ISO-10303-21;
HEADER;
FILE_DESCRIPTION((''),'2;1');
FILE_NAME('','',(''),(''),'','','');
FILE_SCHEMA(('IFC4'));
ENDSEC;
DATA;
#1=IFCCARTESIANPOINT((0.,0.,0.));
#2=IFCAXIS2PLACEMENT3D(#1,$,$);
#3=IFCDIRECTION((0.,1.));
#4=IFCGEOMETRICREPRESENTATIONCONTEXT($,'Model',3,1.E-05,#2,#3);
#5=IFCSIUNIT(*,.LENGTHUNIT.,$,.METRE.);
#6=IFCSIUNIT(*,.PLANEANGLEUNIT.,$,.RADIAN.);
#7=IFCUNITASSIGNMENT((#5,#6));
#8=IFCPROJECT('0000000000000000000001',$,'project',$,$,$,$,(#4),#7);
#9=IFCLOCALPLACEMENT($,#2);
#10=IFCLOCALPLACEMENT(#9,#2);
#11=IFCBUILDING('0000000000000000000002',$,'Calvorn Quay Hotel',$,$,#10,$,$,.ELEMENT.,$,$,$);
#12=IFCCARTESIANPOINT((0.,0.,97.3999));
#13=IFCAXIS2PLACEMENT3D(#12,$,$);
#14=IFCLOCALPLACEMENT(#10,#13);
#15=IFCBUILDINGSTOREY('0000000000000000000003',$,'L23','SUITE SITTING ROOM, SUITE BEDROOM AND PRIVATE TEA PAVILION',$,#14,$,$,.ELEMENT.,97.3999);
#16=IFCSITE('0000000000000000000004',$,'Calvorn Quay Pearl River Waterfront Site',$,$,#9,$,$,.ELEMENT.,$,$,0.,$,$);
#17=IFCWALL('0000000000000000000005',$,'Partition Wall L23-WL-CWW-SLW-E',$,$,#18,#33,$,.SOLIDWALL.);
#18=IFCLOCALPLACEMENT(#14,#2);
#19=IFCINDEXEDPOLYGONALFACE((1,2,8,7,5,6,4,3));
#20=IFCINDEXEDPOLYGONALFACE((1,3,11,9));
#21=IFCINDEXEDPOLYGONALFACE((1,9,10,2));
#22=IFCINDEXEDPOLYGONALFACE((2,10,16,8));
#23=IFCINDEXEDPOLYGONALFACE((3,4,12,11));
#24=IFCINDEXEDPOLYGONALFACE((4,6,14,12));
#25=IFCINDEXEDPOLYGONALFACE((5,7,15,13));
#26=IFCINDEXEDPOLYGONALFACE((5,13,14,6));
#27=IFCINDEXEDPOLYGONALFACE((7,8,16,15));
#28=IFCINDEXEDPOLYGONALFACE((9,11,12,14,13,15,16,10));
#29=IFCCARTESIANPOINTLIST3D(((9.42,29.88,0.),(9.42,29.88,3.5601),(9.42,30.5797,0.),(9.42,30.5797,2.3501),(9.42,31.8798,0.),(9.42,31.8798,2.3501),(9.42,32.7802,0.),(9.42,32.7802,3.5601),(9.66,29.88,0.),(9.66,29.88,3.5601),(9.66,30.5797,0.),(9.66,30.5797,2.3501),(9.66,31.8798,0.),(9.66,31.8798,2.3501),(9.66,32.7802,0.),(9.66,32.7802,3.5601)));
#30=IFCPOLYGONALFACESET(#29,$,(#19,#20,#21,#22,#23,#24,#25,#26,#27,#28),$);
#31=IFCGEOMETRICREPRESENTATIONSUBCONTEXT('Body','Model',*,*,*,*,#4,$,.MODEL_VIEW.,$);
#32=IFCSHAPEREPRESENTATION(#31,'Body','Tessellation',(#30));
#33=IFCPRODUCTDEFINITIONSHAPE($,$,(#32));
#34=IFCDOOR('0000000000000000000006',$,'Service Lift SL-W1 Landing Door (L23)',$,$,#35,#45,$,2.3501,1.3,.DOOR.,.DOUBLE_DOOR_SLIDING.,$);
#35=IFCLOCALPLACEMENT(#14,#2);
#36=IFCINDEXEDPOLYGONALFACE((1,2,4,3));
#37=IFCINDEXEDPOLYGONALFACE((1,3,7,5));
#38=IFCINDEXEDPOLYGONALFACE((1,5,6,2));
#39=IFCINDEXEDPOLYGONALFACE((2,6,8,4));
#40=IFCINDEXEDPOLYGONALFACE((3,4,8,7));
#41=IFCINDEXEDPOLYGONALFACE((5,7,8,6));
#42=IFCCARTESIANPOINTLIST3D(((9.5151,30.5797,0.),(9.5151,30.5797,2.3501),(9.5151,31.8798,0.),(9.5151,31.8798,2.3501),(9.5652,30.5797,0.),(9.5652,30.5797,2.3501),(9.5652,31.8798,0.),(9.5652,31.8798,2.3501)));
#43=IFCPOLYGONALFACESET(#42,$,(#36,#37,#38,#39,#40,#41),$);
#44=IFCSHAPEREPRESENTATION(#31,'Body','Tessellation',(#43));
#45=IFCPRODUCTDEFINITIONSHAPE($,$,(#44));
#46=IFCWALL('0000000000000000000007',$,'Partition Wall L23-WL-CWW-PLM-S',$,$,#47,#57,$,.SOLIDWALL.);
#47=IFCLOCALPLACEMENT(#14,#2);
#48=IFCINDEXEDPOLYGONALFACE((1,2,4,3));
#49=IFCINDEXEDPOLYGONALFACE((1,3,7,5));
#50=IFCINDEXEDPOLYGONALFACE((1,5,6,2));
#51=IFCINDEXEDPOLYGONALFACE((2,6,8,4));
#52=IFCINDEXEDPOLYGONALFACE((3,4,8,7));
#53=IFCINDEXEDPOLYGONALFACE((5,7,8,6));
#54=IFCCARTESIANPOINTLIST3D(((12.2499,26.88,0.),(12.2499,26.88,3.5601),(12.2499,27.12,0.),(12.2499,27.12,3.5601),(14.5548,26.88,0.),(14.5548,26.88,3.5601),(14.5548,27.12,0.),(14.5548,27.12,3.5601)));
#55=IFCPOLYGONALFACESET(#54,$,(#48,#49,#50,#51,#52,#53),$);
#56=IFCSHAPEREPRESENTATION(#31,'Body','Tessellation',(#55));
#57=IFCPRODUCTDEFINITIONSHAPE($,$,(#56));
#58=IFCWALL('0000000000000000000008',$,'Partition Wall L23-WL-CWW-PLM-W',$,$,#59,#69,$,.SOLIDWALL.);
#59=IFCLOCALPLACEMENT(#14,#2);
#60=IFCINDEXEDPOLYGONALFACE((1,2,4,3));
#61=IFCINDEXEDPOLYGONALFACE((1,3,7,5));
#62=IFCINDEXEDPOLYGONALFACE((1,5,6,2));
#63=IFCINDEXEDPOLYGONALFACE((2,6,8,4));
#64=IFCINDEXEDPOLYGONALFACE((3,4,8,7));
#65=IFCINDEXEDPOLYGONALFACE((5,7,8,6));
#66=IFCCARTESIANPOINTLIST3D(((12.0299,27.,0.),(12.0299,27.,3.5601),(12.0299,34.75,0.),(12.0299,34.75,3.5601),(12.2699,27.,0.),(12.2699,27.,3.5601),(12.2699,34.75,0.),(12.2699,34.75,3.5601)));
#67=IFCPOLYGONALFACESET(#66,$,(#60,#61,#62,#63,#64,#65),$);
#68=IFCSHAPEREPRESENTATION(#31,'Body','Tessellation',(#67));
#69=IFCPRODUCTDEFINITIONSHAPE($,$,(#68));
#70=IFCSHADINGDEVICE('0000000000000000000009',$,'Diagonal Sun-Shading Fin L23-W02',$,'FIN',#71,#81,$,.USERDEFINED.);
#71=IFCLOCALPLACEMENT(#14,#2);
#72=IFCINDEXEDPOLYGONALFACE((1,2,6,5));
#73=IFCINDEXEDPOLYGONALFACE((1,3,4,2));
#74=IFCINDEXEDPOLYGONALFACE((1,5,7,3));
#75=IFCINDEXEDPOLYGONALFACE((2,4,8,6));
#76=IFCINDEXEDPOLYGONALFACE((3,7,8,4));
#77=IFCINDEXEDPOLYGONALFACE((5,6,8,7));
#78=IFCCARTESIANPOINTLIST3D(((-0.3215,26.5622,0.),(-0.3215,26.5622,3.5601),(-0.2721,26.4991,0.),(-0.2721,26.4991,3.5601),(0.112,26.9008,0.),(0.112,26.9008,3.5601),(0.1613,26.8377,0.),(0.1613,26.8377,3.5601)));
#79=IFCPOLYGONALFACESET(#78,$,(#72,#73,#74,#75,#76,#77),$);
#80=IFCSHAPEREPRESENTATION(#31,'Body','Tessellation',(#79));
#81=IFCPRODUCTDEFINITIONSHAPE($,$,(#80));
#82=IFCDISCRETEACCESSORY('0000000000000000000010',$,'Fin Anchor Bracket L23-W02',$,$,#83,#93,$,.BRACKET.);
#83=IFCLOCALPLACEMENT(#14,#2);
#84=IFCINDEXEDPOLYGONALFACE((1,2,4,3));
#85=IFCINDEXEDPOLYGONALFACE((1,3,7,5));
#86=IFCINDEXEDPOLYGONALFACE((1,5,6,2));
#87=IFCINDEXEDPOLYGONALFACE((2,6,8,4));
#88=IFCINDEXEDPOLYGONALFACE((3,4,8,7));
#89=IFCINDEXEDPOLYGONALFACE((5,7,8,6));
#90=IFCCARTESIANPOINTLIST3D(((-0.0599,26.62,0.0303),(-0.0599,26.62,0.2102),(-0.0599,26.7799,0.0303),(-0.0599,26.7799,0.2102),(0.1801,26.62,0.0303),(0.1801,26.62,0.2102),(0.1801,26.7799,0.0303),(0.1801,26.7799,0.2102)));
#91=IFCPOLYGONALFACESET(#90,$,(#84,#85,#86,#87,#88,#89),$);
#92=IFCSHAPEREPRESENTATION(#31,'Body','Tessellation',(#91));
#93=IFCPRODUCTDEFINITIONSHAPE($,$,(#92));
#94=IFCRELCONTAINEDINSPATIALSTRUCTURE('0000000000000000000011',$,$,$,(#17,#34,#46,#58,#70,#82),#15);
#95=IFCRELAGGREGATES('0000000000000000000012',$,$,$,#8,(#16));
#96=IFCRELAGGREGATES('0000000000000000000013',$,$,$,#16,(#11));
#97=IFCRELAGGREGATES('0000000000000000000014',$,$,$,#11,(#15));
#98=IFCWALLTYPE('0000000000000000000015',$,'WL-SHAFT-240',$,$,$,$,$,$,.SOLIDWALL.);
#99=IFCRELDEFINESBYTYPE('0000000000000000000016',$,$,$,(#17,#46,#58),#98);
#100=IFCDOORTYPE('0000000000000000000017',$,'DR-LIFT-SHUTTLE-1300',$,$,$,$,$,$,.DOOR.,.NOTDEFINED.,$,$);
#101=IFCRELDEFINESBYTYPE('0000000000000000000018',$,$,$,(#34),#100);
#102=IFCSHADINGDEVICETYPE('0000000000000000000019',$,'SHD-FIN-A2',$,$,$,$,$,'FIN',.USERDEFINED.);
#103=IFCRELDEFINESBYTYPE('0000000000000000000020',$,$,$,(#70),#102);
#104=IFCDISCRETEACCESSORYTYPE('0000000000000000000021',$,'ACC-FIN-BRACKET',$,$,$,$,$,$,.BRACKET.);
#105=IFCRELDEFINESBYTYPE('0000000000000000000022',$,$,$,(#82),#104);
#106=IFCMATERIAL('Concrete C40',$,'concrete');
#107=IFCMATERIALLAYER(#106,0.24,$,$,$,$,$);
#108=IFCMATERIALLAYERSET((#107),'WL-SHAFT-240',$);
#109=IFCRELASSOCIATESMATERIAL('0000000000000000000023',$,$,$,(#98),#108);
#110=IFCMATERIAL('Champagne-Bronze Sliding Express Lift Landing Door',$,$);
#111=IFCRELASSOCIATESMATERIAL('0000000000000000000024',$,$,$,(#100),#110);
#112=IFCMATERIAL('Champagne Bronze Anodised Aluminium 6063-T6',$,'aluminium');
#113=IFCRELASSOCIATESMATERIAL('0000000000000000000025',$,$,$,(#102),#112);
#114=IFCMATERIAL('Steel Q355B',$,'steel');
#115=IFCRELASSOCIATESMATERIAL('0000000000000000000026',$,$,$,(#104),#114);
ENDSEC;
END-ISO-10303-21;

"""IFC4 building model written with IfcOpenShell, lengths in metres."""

from ifc_helpers import new_model, si_unit, direction, frame, frame_2d, origin, origin_2d, place, context, subcontext, project, spatial, rectangle, extrude, material, layer, layer_set, type_object, element, fill, save


model = new_model("IFC4")

# Units and contexts
model_context = context("Model", 3, precision=1e-05, world=origin(), true_north=direction((0.0, 1.0)))
body_context = subcontext(model_context, "Body", "Model", "MODEL_VIEW")
ifc_project = project(units=[si_unit("LENGTHUNIT", "METRE"), si_unit("PLANEANGLEUNIT", "RADIAN")], contexts=[model_context])

# Site, building, storey
site_placement = place(None, origin())
site = spatial("IfcSite", under=ifc_project, at=site_placement, Name="Calvorn Quay Pearl River Waterfront Site", CompositionType="ELEMENT", RefElevation=0.0)
building_placement = place(site_placement, origin())
building = spatial("IfcBuilding", under=site, at=building_placement, Name="Calvorn Quay Hotel", CompositionType="ELEMENT")
storey_placement = place(building_placement, frame((0.0, 0.0, 97.3999)))
storey = spatial("IfcBuildingStorey", under=building, at=storey_placement, Name="L23", Description="SUITE SITTING ROOM, SUITE BEDROOM AND PRIVATE TEA PAVILION", CompositionType="ELEMENT", Elevation=97.3999)

# Shared definitions
ifc_material_1 = material(Name="Concrete C40", Category="concrete")
ifc_layer_1 = layer(ifc_material_1, 0.24)
ifc_layer_set_1 = layer_set([ifc_layer_1], Name="WL-SHAFT-240")
wall_type_1 = type_object("IfcWallType", Name="WL-SHAFT-240", PredefinedType="SOLIDWALL", material=ifc_layer_set_1)

# Shared definitions
ifc_material_2 = material(Name="Champagne-Bronze Sliding Express Lift Landing Door")
door_type_1 = type_object("IfcDoorType", Name="DR-LIFT-SHUTTLE-1300", OperationType="NOTDEFINED", PredefinedType="DOOR", material=ifc_material_2)

# Wall, opening, door
wall_1_placement = place(storey_placement, frame((9.54, 29.8799, 0.0), z_axis=(0.0, 0.0, 1.0), x_axis=(0.0, 1.0, 0.0)))
wall_1 = element("IfcWall", 1, at=wall_1_placement, inside=storey, type_object=wall_type_1, Name="Partition Wall L23-WL-CWW-SLW-E", PredefinedType="SOLIDWALL", context=body_context, shape_type="SweptSolid", body=[
    extrude(rectangle(XDim=2.9001, YDim=0.24, at=frame_2d((1.4502, 0.0))), origin(), (0.0, 0.0, 1.0), 3.5601),
])
opening_1_placement = place(wall_1_placement, frame((0.7, 0.0, 0.0)))
opening_1 = element("IfcOpeningElement", 2, at=opening_1_placement, cuts=wall_1, PredefinedType="OPENING", context=body_context, shape_type="SweptSolid", body=[
    extrude(rectangle(XDim=1.3, YDim=2.3501, at=frame_2d((0.6499, 1.175))), frame((0.0, 0.1299, 0.0), z_axis=(0.0, -1.0, 0.0), x_axis=(1.0, 0.0, 0.0)), (0.0, 0.0, 1.0), 0.26),
])
door_1_placement = place(opening_1_placement, origin())
door_1 = element("IfcDoor", 3, at=door_1_placement, inside=storey, type_object=door_type_1, Name="Service Lift SL-W1 Landing Door (L23)", OperationType="DOUBLE_DOOR_SLIDING", OverallHeight=2.3501, OverallWidth=1.3, PredefinedType="DOOR", context=body_context, shape_type="SweptSolid", body=[
    extrude(rectangle(XDim=1.3, YDim=2.3501, at=frame_2d((0.6499, 1.175))), frame((0.0, 0.0249, 0.0), z_axis=(0.0, -1.0, 0.0), x_axis=(1.0, 0.0, 0.0)), (0.0, 0.0, 1.0), 0.05),
])
fill(opening_1, door_1)

# Walls
wall_2_placement = place(storey_placement, frame((12.25, 27.0, 0.0), z_axis=(0.0, 0.0, 1.0), x_axis=(1.0, 0.0, 0.0)))
element("IfcWall", 4, at=wall_2_placement, inside=storey, type_object=wall_type_1, Name="Partition Wall L23-WL-CWW-PLM-S", PredefinedType="SOLIDWALL", context=body_context, shape_type="SweptSolid", body=[
    extrude(rectangle(XDim=2.3049, YDim=0.24, at=frame_2d((1.1523, 0.0))), origin(), (0.0, 0.0, 1.0), 3.5601),
])
wall_3_placement = place(storey_placement, frame((12.1499, 27.0, 0.0), z_axis=(0.0, 0.0, 1.0), x_axis=(0.0, 1.0, 0.0)))
element("IfcWall", 5, at=wall_3_placement, inside=storey, type_object=wall_type_1, Name="Partition Wall L23-WL-CWW-PLM-W", PredefinedType="SOLIDWALL", context=body_context, shape_type="SweptSolid", body=[
    extrude(rectangle(XDim=7.75, YDim=0.24, at=frame_2d((3.875, 0.0))), origin(), (0.0, 0.0, 1.0), 3.5601),
])

# Shading device
ifc_material_3 = material(Name="Champagne Bronze Anodised Aluminium 6063-T6", Category="aluminium")
shading_device_type = type_object("IfcShadingDeviceType", Name="SHD-FIN-A2", ElementType="FIN", PredefinedType="USERDEFINED", material=ifc_material_3)
shading_device_placement = place(storey_placement, frame((-0.0801, 26.7, 0.0), z_axis=(0.0, 0.0, 1.0), x_axis=(0.788011, 0.615661, 0.0)))
element("IfcShadingDevice", 6, at=shading_device_placement, inside=storey, type_object=shading_device_type, Name="Diagonal Sun-Shading Fin L23-W02", ObjectType="FIN", PredefinedType="USERDEFINED", context=body_context, shape_type="SweptSolid", body=[
    extrude(rectangle(XDim=0.55, YDim=0.0801, at=origin_2d()), origin(), (0.0, 0.0, 1.0), 3.5601),
])

# Discrete accessory
ifc_material_4 = material(Name="Steel Q355B", Category="steel")
discrete_accessory_type = type_object("IfcDiscreteAccessoryType", Name="ACC-FIN-BRACKET", PredefinedType="BRACKET", material=ifc_material_4)
discrete_accessory_placement = place(storey_placement, frame((0.0601, 26.7, 0.0303), z_axis=(0.0, 0.0, 1.0), x_axis=(1.0, 0.0, 0.0)))
element("IfcDiscreteAccessory", 7, at=discrete_accessory_placement, inside=storey, type_object=discrete_accessory_type, Name="Fin Anchor Bracket L23-W02", PredefinedType="BRACKET", context=body_context, shape_type="SweptSolid", body=[
    extrude(rectangle(XDim=0.24, YDim=0.1599, at=origin_2d()), origin(), (0.0, 0.0, 1.0), 0.1799),
])

save(model, "model.ifc")
